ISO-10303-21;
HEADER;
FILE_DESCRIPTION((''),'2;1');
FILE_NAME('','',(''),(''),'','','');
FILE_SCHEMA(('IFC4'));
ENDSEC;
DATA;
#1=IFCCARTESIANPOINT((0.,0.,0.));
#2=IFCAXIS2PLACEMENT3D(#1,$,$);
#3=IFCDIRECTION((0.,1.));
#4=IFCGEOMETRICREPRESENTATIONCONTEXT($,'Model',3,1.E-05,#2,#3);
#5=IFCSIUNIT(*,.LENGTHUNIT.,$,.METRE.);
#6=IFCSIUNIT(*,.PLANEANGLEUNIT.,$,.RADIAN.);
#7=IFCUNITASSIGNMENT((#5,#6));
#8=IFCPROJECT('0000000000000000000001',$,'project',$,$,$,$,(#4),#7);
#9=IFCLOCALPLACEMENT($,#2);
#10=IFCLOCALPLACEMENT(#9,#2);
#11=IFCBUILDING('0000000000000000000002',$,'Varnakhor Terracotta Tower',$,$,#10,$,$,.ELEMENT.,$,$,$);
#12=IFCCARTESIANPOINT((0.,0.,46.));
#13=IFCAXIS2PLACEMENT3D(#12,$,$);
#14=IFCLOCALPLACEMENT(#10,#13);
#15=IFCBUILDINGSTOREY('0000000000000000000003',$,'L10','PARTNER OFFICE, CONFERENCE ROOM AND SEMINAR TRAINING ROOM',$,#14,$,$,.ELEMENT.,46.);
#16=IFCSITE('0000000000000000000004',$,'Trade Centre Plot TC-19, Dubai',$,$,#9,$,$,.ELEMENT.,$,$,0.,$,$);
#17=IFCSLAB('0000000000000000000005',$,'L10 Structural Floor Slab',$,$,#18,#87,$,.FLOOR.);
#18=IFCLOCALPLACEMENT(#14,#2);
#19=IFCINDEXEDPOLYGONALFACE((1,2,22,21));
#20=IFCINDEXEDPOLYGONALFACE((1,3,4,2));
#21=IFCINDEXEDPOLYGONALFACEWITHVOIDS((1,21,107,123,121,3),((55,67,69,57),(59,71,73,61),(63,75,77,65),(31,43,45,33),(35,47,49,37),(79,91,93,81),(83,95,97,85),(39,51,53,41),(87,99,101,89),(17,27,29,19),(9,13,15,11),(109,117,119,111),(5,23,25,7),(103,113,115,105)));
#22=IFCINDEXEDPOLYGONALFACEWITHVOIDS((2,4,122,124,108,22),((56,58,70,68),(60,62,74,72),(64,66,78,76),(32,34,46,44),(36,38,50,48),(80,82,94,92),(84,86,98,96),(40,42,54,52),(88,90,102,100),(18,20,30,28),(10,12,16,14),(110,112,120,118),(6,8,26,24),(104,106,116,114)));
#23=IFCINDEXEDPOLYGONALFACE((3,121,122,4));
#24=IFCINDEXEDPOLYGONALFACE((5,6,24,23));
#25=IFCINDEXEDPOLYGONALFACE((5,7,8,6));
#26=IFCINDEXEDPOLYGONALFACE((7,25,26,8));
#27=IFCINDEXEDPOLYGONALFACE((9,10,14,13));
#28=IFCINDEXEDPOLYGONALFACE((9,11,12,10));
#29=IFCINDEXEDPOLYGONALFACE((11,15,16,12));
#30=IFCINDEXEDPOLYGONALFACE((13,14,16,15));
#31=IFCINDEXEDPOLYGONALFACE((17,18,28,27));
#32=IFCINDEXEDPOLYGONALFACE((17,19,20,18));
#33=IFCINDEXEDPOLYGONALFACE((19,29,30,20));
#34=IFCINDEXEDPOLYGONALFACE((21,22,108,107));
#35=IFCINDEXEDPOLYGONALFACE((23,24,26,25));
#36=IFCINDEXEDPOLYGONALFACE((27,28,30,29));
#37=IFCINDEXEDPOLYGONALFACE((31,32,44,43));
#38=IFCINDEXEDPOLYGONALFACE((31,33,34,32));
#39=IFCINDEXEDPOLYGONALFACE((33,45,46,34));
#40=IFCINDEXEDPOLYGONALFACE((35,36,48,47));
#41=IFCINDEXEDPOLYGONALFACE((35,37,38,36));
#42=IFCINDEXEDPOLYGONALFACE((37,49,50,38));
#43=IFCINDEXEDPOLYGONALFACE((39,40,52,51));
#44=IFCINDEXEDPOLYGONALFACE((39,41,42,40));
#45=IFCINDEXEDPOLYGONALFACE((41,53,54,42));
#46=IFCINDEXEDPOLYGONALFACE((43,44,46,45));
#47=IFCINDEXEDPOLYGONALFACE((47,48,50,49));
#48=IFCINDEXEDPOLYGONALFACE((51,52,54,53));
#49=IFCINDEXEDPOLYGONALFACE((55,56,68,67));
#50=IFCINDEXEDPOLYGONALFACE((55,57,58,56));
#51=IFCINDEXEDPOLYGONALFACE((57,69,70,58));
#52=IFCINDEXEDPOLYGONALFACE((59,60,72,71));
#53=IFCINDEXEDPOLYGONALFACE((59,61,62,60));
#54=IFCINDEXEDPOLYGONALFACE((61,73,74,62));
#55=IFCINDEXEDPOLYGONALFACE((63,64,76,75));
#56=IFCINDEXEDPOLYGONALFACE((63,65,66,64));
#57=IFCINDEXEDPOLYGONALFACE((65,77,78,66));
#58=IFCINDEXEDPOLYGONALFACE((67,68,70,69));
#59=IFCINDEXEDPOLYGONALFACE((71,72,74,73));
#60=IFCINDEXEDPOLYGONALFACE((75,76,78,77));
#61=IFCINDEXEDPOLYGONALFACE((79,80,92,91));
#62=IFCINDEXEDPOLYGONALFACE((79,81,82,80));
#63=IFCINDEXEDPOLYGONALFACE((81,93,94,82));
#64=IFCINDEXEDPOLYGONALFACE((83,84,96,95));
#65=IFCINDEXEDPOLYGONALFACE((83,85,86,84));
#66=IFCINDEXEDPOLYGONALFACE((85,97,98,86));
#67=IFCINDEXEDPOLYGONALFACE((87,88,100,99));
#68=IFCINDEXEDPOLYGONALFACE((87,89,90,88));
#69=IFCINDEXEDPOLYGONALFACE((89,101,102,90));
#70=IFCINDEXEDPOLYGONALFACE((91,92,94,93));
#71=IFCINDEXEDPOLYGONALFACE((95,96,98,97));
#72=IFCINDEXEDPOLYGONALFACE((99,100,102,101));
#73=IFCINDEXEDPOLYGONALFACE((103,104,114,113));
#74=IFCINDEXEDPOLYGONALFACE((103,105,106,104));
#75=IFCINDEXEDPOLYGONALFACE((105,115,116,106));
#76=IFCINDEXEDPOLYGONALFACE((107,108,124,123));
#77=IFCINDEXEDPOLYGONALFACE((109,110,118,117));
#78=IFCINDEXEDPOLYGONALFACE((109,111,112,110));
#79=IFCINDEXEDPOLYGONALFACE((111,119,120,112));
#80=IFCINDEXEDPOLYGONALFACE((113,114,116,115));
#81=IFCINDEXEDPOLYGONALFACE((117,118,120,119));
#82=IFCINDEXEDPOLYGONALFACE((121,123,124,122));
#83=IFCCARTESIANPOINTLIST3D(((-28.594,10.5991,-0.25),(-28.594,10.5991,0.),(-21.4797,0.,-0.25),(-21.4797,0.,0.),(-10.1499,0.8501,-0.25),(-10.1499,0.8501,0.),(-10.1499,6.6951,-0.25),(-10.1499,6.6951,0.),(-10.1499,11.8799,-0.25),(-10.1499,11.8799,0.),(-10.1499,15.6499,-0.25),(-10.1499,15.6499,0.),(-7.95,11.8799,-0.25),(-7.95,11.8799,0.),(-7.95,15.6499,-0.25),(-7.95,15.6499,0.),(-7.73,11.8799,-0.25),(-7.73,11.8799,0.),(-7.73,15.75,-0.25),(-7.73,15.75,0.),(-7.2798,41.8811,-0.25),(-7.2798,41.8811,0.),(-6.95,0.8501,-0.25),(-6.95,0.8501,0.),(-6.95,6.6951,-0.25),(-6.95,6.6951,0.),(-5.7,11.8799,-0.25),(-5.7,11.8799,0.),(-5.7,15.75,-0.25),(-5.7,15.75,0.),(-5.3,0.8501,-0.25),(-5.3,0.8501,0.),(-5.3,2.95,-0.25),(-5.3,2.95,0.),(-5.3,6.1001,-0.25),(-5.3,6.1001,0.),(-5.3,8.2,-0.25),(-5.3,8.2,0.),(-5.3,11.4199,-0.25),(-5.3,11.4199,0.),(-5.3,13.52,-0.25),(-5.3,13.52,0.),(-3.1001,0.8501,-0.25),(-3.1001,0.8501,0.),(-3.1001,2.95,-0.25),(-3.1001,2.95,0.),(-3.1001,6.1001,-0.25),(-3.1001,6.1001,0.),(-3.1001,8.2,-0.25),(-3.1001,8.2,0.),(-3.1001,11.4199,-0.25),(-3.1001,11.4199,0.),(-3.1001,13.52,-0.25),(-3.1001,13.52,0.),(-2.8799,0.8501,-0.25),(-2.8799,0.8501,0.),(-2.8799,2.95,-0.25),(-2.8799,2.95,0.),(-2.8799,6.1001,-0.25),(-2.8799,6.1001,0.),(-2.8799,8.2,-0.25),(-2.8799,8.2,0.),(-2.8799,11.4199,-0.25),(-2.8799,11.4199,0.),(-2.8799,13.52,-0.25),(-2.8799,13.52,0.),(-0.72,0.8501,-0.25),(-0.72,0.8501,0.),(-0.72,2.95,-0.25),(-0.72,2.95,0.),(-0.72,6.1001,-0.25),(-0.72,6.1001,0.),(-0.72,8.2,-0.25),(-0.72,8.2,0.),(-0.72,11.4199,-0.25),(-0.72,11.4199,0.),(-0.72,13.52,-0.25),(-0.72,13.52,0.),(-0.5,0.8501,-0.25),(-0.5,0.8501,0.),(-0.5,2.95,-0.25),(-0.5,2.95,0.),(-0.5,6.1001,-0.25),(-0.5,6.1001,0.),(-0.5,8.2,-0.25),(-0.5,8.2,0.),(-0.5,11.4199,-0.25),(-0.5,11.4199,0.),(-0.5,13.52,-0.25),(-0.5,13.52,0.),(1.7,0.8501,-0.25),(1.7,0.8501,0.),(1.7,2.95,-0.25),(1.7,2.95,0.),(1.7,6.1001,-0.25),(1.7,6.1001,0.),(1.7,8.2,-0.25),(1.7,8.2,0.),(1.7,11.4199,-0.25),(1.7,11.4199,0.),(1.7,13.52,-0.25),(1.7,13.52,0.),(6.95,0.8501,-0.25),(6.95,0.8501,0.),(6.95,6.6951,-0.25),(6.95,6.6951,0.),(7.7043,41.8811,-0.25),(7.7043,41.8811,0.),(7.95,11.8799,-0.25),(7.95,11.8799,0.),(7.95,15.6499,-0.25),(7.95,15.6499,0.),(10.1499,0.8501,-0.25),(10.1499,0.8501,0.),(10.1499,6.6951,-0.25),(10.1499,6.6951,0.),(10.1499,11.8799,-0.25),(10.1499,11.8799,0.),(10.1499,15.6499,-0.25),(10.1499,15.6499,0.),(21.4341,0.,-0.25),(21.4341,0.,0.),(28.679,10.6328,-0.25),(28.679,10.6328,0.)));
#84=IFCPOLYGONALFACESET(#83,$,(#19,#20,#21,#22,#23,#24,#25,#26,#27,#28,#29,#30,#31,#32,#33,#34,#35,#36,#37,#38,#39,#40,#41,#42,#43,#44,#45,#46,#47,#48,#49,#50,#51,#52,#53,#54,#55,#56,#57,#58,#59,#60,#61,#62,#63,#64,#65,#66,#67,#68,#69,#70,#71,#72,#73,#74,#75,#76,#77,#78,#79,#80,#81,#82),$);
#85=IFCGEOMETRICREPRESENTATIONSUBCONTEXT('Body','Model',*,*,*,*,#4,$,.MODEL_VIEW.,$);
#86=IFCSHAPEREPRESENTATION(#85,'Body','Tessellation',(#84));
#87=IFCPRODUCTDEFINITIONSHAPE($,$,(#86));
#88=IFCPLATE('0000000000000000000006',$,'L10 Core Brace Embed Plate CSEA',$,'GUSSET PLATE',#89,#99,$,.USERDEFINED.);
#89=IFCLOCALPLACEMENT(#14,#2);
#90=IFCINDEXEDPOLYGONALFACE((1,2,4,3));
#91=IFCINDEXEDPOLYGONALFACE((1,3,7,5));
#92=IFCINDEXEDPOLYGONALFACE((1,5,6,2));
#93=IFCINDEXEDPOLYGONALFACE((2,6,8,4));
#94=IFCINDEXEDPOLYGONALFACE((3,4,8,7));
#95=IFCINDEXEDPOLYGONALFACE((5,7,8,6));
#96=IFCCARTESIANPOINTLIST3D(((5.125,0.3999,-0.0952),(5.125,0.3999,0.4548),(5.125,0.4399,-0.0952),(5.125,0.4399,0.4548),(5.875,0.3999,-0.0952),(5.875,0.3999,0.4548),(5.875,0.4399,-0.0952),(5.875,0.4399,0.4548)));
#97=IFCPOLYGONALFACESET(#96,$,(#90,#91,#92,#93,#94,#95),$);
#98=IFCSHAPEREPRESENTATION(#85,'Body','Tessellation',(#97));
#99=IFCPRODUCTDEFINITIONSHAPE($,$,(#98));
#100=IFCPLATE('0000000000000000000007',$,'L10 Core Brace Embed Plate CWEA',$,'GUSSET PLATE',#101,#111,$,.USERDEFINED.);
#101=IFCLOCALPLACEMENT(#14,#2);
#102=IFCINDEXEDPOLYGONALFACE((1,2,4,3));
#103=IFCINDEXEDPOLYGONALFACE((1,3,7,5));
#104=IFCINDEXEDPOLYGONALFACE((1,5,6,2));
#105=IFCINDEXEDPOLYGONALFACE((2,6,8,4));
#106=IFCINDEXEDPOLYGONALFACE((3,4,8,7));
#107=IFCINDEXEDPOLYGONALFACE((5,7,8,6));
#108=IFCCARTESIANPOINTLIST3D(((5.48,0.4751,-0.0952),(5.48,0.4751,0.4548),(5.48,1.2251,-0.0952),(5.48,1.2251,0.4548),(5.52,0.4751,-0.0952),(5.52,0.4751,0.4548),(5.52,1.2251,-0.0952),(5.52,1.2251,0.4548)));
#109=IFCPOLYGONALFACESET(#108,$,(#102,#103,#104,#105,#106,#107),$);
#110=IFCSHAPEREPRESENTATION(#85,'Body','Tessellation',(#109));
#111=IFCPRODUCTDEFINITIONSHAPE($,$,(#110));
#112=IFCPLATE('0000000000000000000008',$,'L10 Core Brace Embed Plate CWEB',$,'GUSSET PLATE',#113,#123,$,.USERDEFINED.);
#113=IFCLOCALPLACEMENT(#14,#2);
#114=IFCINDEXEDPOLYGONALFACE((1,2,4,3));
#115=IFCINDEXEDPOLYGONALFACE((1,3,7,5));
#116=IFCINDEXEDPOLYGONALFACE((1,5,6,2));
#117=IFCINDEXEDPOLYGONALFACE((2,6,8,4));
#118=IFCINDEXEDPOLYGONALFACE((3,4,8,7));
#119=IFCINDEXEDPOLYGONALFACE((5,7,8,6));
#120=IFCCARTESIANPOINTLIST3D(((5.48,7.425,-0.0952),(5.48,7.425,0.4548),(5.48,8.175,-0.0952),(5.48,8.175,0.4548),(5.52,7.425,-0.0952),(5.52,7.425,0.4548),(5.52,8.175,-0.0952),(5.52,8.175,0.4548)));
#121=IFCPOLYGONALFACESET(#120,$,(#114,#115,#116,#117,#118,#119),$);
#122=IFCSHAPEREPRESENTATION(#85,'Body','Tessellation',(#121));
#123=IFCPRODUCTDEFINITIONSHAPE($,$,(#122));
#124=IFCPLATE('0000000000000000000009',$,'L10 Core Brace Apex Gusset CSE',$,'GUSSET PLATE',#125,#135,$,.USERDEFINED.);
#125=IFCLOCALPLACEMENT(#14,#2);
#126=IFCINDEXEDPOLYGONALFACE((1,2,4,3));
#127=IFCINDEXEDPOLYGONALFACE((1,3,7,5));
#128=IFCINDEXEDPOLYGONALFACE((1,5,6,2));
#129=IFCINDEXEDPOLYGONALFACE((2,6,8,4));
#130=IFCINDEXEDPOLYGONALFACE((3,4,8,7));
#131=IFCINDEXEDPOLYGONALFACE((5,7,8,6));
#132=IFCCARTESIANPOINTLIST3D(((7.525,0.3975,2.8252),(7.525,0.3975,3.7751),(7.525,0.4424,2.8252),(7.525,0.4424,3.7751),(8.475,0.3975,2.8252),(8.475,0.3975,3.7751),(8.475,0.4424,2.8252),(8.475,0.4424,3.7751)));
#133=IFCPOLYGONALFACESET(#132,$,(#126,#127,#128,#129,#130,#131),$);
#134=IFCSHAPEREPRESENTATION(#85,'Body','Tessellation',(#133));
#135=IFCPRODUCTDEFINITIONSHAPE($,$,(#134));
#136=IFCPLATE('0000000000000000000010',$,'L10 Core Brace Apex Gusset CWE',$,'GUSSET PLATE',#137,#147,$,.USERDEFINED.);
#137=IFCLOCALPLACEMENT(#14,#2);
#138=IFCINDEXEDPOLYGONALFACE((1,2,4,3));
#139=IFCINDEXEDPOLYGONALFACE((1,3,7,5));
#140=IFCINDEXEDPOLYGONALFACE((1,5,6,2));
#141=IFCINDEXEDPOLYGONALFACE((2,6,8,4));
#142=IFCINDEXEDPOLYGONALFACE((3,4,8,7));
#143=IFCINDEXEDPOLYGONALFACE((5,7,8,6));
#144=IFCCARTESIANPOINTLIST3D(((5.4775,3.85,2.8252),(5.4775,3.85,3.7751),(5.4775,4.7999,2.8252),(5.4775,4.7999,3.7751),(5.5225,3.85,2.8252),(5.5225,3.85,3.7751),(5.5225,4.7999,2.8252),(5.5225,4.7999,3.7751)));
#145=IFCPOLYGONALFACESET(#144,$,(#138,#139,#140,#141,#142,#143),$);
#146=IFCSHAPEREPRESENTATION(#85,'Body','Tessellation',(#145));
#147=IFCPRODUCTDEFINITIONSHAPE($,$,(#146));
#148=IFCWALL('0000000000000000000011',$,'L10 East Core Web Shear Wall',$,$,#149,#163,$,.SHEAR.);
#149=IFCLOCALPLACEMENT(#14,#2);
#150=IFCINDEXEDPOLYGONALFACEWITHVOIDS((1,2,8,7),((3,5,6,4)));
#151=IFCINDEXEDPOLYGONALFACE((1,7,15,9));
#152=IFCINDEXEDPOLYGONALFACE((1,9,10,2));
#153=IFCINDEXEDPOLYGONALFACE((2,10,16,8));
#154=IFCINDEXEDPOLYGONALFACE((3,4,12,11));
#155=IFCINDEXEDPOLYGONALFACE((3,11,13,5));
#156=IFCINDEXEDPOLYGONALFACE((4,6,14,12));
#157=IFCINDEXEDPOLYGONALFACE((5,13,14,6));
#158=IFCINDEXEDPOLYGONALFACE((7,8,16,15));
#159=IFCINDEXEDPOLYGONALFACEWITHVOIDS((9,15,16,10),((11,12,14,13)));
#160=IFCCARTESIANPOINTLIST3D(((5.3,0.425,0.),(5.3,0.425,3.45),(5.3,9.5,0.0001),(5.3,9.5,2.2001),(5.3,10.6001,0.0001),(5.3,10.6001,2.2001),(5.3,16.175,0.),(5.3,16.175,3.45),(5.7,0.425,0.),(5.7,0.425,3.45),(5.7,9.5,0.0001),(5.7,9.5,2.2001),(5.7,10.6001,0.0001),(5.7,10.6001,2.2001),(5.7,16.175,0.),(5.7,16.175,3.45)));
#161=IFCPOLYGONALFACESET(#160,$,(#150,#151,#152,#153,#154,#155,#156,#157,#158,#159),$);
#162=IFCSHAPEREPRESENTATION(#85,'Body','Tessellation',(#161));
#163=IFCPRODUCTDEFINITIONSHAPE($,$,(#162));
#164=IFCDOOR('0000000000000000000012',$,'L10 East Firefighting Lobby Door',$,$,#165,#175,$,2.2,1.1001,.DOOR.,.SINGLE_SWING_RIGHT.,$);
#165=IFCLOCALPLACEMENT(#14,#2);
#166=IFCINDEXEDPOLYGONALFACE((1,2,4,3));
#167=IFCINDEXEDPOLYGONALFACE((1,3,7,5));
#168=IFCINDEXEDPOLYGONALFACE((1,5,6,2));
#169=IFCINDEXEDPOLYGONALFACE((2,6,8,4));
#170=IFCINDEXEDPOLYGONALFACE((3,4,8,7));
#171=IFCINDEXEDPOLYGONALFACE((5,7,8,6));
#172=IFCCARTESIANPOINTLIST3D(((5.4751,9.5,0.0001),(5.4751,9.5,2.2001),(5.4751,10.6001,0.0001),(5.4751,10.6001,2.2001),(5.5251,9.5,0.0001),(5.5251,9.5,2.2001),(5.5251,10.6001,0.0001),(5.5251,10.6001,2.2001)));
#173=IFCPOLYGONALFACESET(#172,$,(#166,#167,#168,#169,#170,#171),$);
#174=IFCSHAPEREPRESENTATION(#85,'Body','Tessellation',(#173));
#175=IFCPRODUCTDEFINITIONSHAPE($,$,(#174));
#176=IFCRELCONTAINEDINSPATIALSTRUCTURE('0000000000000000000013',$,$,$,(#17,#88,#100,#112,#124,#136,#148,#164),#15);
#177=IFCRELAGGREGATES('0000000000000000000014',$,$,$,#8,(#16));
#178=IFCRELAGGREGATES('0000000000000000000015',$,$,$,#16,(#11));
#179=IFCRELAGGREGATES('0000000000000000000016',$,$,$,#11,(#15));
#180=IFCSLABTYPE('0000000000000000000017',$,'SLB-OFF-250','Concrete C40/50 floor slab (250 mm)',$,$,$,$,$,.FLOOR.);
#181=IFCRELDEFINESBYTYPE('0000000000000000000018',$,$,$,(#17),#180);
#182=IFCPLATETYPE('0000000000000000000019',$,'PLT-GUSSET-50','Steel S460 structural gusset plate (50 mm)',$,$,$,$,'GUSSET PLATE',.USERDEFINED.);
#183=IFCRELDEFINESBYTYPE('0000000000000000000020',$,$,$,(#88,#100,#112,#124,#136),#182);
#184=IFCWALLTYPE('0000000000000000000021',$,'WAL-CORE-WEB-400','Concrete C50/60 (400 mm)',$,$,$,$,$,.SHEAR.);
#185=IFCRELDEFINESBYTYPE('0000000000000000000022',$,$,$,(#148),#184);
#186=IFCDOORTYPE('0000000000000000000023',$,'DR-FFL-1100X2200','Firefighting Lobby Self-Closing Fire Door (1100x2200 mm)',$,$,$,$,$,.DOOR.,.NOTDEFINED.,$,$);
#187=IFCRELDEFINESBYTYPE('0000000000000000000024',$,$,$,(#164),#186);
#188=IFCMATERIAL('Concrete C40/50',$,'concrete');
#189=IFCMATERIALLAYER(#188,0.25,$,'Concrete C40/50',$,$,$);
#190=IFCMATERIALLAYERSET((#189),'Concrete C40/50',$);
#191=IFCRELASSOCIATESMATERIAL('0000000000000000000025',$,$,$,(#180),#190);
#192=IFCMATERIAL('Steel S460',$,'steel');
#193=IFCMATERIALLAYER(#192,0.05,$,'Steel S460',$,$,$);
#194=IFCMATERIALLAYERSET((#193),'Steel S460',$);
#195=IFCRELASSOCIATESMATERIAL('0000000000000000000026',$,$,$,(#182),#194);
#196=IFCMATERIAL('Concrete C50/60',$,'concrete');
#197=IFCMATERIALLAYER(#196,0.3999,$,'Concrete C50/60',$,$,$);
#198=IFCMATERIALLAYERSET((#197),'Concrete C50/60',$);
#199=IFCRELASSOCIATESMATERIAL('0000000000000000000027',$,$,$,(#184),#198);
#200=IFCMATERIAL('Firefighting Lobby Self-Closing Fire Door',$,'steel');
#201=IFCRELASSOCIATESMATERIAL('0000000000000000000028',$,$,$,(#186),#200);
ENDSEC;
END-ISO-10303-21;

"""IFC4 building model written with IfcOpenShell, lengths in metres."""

from ifc_helpers import new_model, si_unit, direction, frame, frame_2d, origin, origin_2d, place, context, subcontext, project, spatial, polyline, rectangle, outline, extrude, source, transform, mapped, material, layer, layer_set, type_object, type_shapes, element, fill, save


model = new_model("IFC4")

# Units and contexts
model_context = context("Model", 3, precision=1e-05, world=origin(), true_north=direction((0.0, 1.0)))
body_context = subcontext(model_context, "Body", "Model", "MODEL_VIEW")
ifc_project = project(units=[si_unit("LENGTHUNIT", "METRE"), si_unit("PLANEANGLEUNIT", "RADIAN")], contexts=[model_context])

# Site, building, storey
site_placement = place(None, origin())
site = spatial("IfcSite", under=ifc_project, at=site_placement, Name="Trade Centre Plot TC-19, Dubai", CompositionType="ELEMENT", RefElevation=0.0)
building_placement = place(site_placement, origin())
building = spatial("IfcBuilding", under=site, at=building_placement, Name="Varnakhor Terracotta Tower", CompositionType="ELEMENT")
storey_placement = place(building_placement, frame((0.0, 0.0, 46.0)))
storey = spatial("IfcBuildingStorey", under=building, at=storey_placement, Name="L10", Description="PARTNER OFFICE, CONFERENCE ROOM AND SEMINAR TRAINING ROOM", CompositionType="ELEMENT", Elevation=46.0)

# Shared definitions
ifc_material_1 = material(Name="Concrete C50/60", Category="concrete")

# Shared definitions
ifc_material_2 = material(Name="Steel S460", Category="steel")

# Shared definitions
ifc_material_3 = material(Name="Concrete C40/50", Category="concrete")

# Slab
ifc_layer_1 = layer(ifc_material_3, 0.25, Name="Concrete C40/50")
ifc_layer_set_1 = layer_set([ifc_layer_1], Name="Concrete C40/50")
slab_type_1 = type_object("IfcSlabType", Name="SLB-OFF-250", Description="Concrete C40/50 floor slab (250 mm)", PredefinedType="FLOOR", material=ifc_layer_set_1)
slab_1_placement = place(storey_placement, frame((0.0, 0.0, -0.25)))
element("IfcSlab", 1, at=slab_1_placement, inside=storey, type_object=slab_type_1, Name="L10 Structural Floor Slab", PredefinedType="FLOOR", context=body_context, shape_type="SweptSolid", body=[
    extrude(outline(polyline([(-28.594, 10.5991), (-7.2798, 41.8811), (7.7043, 41.8811), (28.679, 10.6328), (21.4341, 0.0), (-21.4797, 0.0), (-28.594, 10.5991)]), holes=[polyline([(-3.1001, 0.8501), (-3.1001, 2.95), (-5.3, 2.95), (-5.3, 0.8501), (-3.1001, 0.8501)]), polyline([(-2.8799, 0.8501), (-0.72, 0.8501), (-0.72, 2.95), (-2.8799, 2.95), (-2.8799, 0.8501)]), polyline([(-10.1499, 0.8501), (-6.95, 0.8501), (-6.95, 6.6951), (-10.1499, 6.6951), (-10.1499, 0.8501)]), polyline([(-5.3, 6.1001), (-3.1001, 6.1001), (-3.1001, 8.2), (-5.3, 8.2), (-5.3, 6.1001)]), polyline([(-5.3, 11.4199), (-3.1001, 11.4199), (-3.1001, 13.52), (-5.3, 13.52), (-5.3, 11.4199)]), polyline([(-10.1499, 11.8799), (-7.95, 11.8799), (-7.95, 15.6499), (-10.1499, 15.6499), (-10.1499, 11.8799)]), polyline([(-7.73, 11.8799), (-5.7, 11.8799), (-5.7, 15.75), (-7.73, 15.75), (-7.73, 11.8799)]), polyline([(1.7, 0.8501), (1.7, 2.95), (-0.5, 2.95), (-0.5, 0.8501), (1.7, 0.8501)]), polyline([(6.95, 0.8501), (10.1499, 0.8501), (10.1499, 6.6951), (6.95, 6.6951), (6.95, 0.8501)]), polyline([(-2.8799, 6.1001), (-0.72, 6.1001), (-0.72, 8.2), (-2.8799, 8.2), (-2.8799, 6.1001)]), polyline([(-0.5, 6.1001), (1.7, 6.1001), (1.7, 8.2), (-0.5, 8.2), (-0.5, 6.1001)]), polyline([(-2.8799, 11.4199), (-0.72, 11.4199), (-0.72, 13.52), (-2.8799, 13.52), (-2.8799, 11.4199)]), polyline([(-0.5, 11.4199), (1.7, 11.4199), (1.7, 13.52), (-0.5, 13.52), (-0.5, 11.4199)]), polyline([(7.95, 11.8799), (10.1499, 11.8799), (10.1499, 15.6499), (7.95, 15.6499), (7.95, 11.8799)])]), origin(), (0.0, 0.0, 1.0), 0.25),
])

# Plates
ifc_layer_2 = layer(ifc_material_2, 0.05, Name="Steel S460")
ifc_layer_set_2 = layer_set([ifc_layer_2], Name="Steel S460")
plate_type = type_object("IfcPlateType", Name="PLT-GUSSET-50", Description="Steel S460 structural gusset plate (50 mm)", ElementType="GUSSET PLATE", PredefinedType="USERDEFINED", material=ifc_layer_set_2)
shared_shape_1 = source(origin(), body_context, "Body", "SweptSolid", [
    extrude(rectangle(XDim=0.75, YDim=0.04, at=origin_2d()), origin(), (0.0, 0.0, 1.0), 0.55),
])
type_shapes(plate_type, [shared_shape_1])
for number, where, z_axis, x_axis, name in (
    (2, (5.5, 0.4199, -0.0952), (0.0, 0.0, 1.0), (1.0, 0.0, 0.0), "L10 Core Brace Embed Plate CSEA"),
    (3, (5.5, 0.8501, -0.0952), (0.0, 0.0, 1.0), (0.0, 1.0, 0.0), "L10 Core Brace Embed Plate CWEA"),
    (4, (5.5, 7.8, -0.0952), (0.0, 0.0, 1.0), (0.0, 1.0, 0.0), "L10 Core Brace Embed Plate CWEB"),
):
    element("IfcPlate", number, at=place(storey_placement, frame(where, z_axis=z_axis, x_axis=x_axis)), inside=storey, type_object=plate_type, Name=name, ObjectType="GUSSET PLATE", PredefinedType="USERDEFINED", context=body_context, shape_type="MappedRepresentation", body=[
        mapped(shared_shape_1, transform((0.0, 0.0, 0.0), scale=1.0)),
    ])
shared_shape_2 = source(origin(), body_context, "Body", "SweptSolid", [
    extrude(rectangle(XDim=0.95, YDim=0.0449, at=origin_2d()), origin(), (0.0, 0.0, 1.0), 0.95),
])
for number, where, z_axis, x_axis, name in (
    (5, (8.0, 0.4199, 2.8252), (0.0, 0.0, 1.0), (1.0, 0.0, 0.0), "L10 Core Brace Apex Gusset CSE"),
    (6, (5.5, 4.325, 2.8252), (0.0, 0.0, 1.0), (0.0, 1.0, 0.0), "L10 Core Brace Apex Gusset CWE"),
):
    element("IfcPlate", number, at=place(storey_placement, frame(where, z_axis=z_axis, x_axis=x_axis)), inside=storey, type_object=plate_type, Name=name, ObjectType="GUSSET PLATE", PredefinedType="USERDEFINED", context=body_context, shape_type="MappedRepresentation", body=[
        mapped(shared_shape_2, transform((0.0, 0.0, 0.0), scale=1.0)),
    ])

# Wall, opening, door
ifc_layer_3 = layer(ifc_material_1, 0.3999, Name="Concrete C50/60")
ifc_layer_set_3 = layer_set([ifc_layer_3], Name="Concrete C50/60")
wall_type_1 = type_object("IfcWallType", Name="WAL-CORE-WEB-400", Description="Concrete C50/60 (400 mm)", PredefinedType="SHEAR", material=ifc_layer_set_3)
wall_1_placement = place(storey_placement, frame((5.5, 0.425, 0.0), z_axis=(0.0, 0.0, 1.0), x_axis=(0.0, 1.0, 0.0)))
wall_1 = element("IfcWall", 7, at=wall_1_placement, inside=storey, type_object=wall_type_1, Name="L10 East Core Web Shear Wall", PredefinedType="SHEAR", context=body_context, shape_type="SweptSolid", body=[
    extrude(rectangle(XDim=15.75, YDim=0.3999, at=frame_2d((7.875, 0.0))), origin(), (0.0, 0.0, 1.0), 3.45),
])
opening_1_placement = place(wall_1_placement, frame((9.075, 0.0, 0.0)))
opening_1 = element("IfcOpeningElement", 8, at=opening_1_placement, cuts=wall_1, PredefinedType="OPENING", context=body_context, shape_type="SweptSolid", body=[
    extrude(rectangle(XDim=1.1001, YDim=2.2, at=frame_2d((0.55, 1.1001))), frame((0.0, 0.21, 0.0), z_axis=(0.0, -1.0, 0.0), x_axis=(1.0, 0.0, 0.0)), (0.0, 0.0, 1.0), 0.4199),
])
ifc_material_4 = material(Name="Firefighting Lobby Self-Closing Fire Door", Category="steel")
door_type_1 = type_object("IfcDoorType", Name="DR-FFL-1100X2200", Description="Firefighting Lobby Self-Closing Fire Door (1100x2200 mm)", OperationType="NOTDEFINED", PredefinedType="DOOR", material=ifc_material_4)
shared_shape_3 = source(origin(), body_context, "Body", "SweptSolid", [
    extrude(rectangle(XDim=1.1001, YDim=2.2, at=frame_2d((0.55, 1.1001))), frame((0.0, 0.0249, 0.0), z_axis=(0.0, -1.0, 0.0), x_axis=(1.0, 0.0, 0.0)), (0.0, 0.0, 1.0), 0.05),
])
type_shapes(door_type_1, [shared_shape_3])
door_1_placement = place(opening_1_placement, origin())
door_1 = element("IfcDoor", 9, at=door_1_placement, inside=storey, type_object=door_type_1, Name="L10 East Firefighting Lobby Door", OperationType="SINGLE_SWING_RIGHT", OverallHeight=2.2, OverallWidth=1.1001, PredefinedType="DOOR", context=body_context, shape_type="MappedRepresentation", body=[
    mapped(shared_shape_3, transform((0.0, 0.0, 0.0), scale=1.0)),
])
fill(opening_1, door_1)

save(model, "model.ifc")
